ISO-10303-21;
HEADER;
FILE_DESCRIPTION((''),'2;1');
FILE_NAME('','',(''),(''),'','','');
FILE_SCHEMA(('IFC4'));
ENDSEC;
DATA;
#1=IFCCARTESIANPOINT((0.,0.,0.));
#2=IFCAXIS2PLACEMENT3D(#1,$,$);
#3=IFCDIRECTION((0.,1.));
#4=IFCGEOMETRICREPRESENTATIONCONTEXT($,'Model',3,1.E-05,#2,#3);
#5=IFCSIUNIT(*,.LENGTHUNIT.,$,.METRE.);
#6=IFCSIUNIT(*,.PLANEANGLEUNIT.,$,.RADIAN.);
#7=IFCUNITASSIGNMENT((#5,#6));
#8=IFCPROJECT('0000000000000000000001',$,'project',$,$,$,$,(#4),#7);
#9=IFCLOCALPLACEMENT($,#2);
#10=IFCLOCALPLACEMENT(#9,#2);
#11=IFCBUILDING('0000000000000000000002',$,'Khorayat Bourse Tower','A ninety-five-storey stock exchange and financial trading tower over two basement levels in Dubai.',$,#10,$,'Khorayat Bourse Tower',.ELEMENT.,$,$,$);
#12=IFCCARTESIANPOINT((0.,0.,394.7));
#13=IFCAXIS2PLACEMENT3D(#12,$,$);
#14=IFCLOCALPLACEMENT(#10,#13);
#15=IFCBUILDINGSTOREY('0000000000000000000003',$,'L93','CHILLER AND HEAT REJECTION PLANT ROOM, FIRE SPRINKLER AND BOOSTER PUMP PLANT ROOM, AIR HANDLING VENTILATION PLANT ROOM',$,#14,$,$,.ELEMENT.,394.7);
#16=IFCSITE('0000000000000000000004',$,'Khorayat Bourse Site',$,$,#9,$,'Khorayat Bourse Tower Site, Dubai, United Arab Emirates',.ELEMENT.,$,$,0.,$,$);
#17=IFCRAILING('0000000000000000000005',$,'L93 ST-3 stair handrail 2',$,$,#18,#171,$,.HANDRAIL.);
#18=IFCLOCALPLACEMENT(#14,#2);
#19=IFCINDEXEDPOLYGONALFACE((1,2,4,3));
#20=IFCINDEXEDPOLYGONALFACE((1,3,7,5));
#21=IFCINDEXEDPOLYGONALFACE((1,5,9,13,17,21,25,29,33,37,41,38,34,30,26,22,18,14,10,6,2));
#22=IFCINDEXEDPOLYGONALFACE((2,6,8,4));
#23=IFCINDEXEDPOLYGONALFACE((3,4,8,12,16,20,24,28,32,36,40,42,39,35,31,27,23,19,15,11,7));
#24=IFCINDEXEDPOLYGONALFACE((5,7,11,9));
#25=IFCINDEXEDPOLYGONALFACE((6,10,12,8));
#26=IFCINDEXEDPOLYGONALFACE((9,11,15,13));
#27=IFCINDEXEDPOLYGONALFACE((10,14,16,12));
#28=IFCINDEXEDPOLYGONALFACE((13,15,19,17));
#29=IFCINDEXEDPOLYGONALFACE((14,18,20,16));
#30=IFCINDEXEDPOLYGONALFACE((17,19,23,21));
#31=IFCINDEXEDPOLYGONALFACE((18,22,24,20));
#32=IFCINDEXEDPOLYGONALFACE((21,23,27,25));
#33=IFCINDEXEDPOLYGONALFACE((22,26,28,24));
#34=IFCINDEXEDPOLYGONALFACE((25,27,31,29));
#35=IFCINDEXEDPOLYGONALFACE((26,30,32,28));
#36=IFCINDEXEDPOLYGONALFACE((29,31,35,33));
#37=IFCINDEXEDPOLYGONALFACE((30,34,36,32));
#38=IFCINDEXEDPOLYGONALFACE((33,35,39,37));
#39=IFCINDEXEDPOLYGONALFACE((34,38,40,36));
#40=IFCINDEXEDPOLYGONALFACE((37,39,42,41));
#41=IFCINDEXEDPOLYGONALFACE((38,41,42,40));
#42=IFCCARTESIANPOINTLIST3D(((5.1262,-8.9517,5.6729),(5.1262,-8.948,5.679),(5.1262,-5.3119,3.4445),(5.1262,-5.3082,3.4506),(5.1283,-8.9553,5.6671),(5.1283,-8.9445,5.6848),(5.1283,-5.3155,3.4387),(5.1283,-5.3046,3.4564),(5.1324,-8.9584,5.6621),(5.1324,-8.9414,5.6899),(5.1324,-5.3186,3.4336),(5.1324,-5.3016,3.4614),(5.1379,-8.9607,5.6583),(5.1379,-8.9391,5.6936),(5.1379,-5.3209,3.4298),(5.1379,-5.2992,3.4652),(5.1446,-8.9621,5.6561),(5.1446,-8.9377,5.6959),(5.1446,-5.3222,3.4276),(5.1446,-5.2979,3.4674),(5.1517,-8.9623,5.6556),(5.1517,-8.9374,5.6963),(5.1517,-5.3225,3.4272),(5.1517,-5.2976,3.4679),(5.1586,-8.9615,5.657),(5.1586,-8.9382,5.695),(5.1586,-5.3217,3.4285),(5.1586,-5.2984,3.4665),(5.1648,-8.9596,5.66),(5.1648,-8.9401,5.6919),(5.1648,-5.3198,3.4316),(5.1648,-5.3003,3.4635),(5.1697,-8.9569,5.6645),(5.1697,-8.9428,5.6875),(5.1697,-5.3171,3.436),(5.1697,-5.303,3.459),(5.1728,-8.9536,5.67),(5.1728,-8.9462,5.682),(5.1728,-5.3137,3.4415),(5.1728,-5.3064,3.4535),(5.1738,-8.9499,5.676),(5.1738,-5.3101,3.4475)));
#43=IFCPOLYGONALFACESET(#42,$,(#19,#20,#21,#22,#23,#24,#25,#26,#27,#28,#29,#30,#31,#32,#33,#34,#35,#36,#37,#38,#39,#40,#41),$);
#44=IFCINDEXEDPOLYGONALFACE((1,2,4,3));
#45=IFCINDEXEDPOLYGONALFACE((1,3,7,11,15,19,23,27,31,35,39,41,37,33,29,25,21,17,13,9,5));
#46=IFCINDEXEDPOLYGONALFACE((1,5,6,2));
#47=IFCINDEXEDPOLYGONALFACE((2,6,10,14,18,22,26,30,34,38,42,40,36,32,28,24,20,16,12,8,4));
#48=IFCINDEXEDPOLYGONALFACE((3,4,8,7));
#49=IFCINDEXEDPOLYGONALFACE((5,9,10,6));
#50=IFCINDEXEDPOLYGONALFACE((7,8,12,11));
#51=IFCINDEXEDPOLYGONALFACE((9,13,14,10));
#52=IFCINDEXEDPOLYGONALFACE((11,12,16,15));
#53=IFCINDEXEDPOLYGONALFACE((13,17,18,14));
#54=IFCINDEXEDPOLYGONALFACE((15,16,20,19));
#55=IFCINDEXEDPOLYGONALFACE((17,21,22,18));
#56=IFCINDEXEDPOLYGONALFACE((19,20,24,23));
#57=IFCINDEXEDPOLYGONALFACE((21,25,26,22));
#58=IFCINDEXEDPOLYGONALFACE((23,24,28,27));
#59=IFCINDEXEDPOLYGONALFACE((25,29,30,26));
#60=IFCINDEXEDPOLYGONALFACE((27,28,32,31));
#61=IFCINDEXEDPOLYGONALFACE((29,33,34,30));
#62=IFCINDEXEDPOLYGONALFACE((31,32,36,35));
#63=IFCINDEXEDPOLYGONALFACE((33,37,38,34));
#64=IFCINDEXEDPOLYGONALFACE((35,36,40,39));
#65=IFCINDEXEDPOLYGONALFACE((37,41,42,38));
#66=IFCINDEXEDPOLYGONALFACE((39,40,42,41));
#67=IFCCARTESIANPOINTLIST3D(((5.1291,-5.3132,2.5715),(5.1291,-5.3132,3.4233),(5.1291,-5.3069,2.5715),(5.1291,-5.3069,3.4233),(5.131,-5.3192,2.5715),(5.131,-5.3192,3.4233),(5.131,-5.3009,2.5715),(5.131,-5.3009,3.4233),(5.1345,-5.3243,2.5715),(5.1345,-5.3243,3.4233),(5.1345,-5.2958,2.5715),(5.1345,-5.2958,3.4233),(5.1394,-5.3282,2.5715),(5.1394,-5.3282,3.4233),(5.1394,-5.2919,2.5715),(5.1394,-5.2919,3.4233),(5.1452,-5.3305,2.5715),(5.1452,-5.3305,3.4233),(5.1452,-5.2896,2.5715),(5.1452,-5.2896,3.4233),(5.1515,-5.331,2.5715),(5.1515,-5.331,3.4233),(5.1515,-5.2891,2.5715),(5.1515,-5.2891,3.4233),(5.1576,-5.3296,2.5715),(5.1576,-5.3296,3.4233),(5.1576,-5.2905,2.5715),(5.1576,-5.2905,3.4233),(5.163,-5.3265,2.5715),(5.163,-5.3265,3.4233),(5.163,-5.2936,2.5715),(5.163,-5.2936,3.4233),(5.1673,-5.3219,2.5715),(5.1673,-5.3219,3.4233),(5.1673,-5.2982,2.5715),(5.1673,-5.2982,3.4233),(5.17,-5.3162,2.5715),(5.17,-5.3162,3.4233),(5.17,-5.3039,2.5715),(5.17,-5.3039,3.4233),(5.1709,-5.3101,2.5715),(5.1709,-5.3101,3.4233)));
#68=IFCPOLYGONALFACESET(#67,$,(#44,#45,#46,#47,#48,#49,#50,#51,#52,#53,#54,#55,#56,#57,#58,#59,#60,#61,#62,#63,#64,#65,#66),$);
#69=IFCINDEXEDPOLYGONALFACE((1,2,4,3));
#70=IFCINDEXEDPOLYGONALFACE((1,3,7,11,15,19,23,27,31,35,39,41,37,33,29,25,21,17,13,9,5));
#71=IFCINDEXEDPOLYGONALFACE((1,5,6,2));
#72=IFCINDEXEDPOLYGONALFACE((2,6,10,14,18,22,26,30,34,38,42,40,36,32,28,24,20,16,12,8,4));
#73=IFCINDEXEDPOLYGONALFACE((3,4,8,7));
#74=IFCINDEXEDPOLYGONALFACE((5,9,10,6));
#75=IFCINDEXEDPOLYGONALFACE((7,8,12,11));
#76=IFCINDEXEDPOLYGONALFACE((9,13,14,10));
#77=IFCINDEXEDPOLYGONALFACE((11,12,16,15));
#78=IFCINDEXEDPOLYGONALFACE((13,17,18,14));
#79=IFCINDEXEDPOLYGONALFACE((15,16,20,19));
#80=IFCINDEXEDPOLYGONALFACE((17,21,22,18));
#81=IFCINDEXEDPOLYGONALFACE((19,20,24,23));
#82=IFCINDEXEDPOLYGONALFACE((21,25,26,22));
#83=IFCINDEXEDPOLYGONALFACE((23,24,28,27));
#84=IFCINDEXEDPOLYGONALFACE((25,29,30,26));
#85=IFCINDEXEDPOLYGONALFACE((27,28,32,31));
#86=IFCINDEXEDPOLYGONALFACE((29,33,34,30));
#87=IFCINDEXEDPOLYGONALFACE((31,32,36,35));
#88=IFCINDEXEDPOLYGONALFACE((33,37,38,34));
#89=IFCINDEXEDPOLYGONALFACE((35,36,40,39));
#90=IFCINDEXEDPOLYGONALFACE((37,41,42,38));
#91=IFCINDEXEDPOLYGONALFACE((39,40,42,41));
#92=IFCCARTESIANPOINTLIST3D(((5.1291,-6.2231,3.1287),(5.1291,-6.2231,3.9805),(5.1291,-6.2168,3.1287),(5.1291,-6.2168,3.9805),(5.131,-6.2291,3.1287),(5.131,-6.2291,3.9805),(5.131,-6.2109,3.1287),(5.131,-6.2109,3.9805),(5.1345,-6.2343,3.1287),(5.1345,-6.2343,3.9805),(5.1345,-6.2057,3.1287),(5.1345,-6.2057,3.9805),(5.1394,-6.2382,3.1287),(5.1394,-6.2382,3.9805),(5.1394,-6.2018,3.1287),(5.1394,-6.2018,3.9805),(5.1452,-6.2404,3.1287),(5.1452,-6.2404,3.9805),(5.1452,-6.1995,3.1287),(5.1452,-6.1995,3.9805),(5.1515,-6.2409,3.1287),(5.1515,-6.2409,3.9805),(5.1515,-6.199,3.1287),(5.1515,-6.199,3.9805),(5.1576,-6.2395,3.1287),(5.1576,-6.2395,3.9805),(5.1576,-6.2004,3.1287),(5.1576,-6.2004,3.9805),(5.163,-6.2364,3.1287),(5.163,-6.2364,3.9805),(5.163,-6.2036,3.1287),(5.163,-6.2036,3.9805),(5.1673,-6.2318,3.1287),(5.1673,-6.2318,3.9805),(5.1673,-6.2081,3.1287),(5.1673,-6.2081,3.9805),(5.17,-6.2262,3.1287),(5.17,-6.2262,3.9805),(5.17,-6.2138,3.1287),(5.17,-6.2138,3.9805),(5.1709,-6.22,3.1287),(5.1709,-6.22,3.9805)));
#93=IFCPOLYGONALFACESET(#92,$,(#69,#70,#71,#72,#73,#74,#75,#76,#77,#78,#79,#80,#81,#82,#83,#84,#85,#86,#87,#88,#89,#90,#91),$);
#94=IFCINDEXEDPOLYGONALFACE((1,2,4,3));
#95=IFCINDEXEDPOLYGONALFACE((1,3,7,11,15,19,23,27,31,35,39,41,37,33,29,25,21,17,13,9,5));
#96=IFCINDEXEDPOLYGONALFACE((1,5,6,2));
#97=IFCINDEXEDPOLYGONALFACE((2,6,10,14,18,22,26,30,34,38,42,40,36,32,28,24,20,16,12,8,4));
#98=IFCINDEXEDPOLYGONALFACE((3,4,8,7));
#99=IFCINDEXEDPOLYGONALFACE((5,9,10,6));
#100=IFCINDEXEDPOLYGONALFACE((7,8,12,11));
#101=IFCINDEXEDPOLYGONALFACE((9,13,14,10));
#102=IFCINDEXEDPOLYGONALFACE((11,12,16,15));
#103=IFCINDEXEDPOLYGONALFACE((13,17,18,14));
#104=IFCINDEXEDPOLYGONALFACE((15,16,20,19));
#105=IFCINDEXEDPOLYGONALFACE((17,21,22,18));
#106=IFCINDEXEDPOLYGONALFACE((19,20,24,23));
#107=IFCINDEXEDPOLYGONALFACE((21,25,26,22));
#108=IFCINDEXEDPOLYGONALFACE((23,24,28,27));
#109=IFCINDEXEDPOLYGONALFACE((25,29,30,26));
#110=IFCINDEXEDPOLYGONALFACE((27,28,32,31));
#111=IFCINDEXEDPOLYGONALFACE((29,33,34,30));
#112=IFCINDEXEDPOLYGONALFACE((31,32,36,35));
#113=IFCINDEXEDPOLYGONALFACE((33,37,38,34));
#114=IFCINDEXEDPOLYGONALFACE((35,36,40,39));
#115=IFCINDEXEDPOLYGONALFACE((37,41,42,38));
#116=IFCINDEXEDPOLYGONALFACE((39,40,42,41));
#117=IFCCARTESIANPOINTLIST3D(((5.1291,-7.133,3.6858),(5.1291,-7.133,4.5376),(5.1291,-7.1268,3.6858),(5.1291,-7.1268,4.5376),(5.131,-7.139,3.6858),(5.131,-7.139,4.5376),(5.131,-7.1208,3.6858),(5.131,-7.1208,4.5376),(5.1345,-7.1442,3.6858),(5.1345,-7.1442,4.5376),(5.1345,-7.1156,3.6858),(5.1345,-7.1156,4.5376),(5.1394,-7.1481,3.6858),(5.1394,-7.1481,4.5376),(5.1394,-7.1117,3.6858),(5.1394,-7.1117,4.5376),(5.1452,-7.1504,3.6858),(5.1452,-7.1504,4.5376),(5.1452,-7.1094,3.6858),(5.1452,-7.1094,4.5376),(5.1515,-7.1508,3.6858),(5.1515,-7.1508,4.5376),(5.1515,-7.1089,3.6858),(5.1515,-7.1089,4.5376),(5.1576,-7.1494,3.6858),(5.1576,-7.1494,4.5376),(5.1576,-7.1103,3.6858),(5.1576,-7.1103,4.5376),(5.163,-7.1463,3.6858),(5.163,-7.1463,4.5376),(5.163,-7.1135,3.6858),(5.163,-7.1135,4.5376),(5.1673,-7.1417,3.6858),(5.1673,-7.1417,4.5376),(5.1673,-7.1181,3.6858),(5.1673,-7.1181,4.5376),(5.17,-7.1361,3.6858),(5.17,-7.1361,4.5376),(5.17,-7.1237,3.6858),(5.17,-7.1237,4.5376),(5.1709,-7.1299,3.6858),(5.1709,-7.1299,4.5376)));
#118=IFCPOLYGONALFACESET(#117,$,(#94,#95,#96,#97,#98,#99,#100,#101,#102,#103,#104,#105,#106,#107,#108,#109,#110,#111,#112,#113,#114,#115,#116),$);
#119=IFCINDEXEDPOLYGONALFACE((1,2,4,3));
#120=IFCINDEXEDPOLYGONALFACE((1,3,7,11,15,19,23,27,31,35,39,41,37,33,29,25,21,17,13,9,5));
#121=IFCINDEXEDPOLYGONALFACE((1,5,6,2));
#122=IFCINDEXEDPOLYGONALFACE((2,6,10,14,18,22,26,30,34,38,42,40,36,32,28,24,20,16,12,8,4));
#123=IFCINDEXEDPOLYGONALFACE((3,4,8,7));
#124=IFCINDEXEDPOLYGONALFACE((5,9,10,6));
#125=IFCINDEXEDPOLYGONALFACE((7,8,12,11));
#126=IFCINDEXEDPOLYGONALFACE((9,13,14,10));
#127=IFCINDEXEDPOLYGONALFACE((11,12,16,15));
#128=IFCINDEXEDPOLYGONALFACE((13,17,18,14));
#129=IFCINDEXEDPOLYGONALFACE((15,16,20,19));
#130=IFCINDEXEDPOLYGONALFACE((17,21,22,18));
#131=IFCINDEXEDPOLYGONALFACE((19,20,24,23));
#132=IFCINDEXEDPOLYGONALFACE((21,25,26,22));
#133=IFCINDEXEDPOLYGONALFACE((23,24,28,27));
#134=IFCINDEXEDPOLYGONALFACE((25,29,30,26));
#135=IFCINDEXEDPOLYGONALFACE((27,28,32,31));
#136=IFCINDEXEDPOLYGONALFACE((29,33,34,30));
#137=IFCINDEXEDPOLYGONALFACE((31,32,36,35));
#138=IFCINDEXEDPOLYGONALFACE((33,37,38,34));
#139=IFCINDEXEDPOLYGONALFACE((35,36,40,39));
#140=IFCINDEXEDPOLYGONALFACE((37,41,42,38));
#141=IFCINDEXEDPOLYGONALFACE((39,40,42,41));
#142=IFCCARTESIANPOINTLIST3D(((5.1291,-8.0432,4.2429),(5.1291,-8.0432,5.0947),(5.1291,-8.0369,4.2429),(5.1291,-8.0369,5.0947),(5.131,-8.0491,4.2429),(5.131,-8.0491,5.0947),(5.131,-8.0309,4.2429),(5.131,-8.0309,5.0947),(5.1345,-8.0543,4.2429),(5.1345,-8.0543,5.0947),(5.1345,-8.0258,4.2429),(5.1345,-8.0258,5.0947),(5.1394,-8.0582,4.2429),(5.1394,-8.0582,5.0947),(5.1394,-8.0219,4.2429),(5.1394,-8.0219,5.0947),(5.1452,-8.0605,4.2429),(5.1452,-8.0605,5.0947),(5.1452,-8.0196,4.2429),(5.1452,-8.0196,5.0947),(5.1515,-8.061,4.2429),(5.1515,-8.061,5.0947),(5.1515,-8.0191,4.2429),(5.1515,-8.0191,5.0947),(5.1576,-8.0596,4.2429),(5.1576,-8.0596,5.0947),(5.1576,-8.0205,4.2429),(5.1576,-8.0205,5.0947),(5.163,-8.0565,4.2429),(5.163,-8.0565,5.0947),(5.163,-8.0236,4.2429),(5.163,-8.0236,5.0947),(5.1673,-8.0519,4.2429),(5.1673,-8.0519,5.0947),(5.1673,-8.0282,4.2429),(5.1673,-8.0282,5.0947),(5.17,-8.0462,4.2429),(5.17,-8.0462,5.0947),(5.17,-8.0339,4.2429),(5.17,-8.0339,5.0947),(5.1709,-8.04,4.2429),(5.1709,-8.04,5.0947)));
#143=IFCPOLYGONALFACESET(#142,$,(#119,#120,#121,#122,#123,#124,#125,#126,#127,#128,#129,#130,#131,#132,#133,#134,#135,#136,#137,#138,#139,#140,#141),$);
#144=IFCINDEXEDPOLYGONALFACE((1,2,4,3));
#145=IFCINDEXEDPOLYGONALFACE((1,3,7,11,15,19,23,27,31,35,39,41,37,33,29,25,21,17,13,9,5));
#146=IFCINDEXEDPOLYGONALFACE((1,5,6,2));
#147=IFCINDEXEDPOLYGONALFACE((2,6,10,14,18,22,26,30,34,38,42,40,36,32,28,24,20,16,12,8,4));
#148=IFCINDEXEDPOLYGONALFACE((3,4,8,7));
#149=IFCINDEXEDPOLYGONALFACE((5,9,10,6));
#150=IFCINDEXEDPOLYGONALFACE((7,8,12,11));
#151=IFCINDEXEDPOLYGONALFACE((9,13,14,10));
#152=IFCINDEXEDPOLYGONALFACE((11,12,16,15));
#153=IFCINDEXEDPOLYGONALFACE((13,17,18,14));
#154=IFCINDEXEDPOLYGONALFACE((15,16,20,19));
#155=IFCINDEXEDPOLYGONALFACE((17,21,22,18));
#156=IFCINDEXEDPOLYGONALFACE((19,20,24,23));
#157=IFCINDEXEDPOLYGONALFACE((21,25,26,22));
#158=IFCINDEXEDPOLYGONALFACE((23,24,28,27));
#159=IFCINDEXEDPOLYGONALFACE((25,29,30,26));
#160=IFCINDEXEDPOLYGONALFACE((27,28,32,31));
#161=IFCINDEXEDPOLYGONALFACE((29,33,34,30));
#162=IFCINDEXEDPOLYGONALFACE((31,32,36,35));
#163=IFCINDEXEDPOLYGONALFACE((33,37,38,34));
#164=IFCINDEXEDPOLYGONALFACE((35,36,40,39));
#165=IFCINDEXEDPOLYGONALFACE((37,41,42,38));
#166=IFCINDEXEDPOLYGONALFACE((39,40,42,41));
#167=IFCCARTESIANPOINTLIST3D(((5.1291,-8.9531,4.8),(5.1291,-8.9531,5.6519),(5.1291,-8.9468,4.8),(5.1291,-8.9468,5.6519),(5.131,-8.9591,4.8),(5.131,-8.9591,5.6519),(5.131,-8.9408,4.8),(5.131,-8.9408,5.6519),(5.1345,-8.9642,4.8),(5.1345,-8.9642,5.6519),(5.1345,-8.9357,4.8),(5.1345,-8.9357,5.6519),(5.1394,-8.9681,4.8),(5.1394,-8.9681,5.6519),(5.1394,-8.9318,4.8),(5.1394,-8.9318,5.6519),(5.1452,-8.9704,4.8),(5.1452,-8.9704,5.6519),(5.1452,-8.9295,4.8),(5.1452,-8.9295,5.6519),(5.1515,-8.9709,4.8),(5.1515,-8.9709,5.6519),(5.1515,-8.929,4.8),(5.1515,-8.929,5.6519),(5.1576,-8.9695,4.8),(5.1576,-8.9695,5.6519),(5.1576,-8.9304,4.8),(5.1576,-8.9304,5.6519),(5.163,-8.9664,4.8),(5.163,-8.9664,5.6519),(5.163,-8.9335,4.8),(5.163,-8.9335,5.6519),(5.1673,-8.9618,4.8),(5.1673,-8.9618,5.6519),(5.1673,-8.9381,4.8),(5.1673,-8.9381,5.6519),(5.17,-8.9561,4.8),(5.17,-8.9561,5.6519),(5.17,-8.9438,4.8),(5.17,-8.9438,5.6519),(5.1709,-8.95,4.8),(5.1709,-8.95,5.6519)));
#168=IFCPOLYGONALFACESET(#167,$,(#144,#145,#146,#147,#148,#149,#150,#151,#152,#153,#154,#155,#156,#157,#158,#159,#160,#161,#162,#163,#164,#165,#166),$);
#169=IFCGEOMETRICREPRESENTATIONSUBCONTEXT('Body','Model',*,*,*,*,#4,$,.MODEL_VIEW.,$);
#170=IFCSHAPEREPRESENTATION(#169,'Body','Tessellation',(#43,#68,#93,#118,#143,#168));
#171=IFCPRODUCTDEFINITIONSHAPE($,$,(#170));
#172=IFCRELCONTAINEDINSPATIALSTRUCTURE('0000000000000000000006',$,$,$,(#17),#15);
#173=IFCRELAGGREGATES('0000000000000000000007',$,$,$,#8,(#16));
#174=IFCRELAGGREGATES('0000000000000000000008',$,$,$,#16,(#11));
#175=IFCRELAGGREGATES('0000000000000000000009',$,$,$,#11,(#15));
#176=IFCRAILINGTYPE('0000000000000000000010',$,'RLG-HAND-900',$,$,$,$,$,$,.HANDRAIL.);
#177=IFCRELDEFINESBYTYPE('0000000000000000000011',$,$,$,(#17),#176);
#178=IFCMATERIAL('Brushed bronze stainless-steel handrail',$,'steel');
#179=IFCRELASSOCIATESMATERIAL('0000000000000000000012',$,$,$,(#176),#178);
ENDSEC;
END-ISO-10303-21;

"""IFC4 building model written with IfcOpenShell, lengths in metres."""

from ifc_helpers import new_model, si_unit, direction, frame, origin, origin_2d, place, context, subcontext, project, spatial, circle, extrude, source, transform, mapped, material, type_object, element, save


model = new_model("IFC4")

# Units and contexts
model_context = context("Model", 3, precision=1e-05, world=origin(), true_north=direction((0.0, 1.0)))
body_context = subcontext(model_context, "Body", "Model", "MODEL_VIEW")
ifc_project = project(units=[si_unit("LENGTHUNIT", "METRE"), si_unit("PLANEANGLEUNIT", "RADIAN")], contexts=[model_context])

# Site, building, storey
site_placement = place(None, origin())
site = spatial("IfcSite", under=ifc_project, at=site_placement, Name="Khorayat Bourse Site", LongName="Khorayat Bourse Tower Site, Dubai, United Arab Emirates", CompositionType="ELEMENT", RefElevation=0.0)
building_placement = place(site_placement, origin())
building = spatial("IfcBuilding", under=site, at=building_placement, Name="Khorayat Bourse Tower", Description="A ninety-five-storey stock exchange and financial trading tower over two basement levels in Dubai.", LongName="Khorayat Bourse Tower", CompositionType="ELEMENT")
storey_placement = place(building_placement, frame((0.0, 0.0, 394.7)))
storey = spatial("IfcBuildingStorey", under=building, at=storey_placement, Name="L93", Description="CHILLER AND HEAT REJECTION PLANT ROOM, FIRE SPRINKLER AND BOOSTER PUMP PLANT ROOM, AIR HANDLING VENTILATION PLANT ROOM", CompositionType="ELEMENT", Elevation=394.7)

# Railing
ifc_material_1 = material(Name="Brushed bronze stainless-steel handrail", Category="steel")
railing_type_1 = type_object("IfcRailingType", Name="RLG-HAND-900", PredefinedType="HANDRAIL", material=ifc_material_1)
shared_shape_1 = source(origin(), body_context, "Body", "SweptSolid", [
    extrude(circle(Radius=0.0239, at=origin_2d()), frame((0.0, 0.0, 0.876), z_axis=(0.0, -0.85285, 0.522156), x_axis=(1.0, 0.0, 0.0)), (0.0, 0.0, 1.0), 4.2678),
    extrude(circle(Radius=0.021, at=origin_2d()), origin(), (0.0, 0.0, 1.0), 0.8518),
    extrude(circle(Radius=0.021, at=origin_2d()), frame((0.0, -0.9099, 0.5571)), (0.0, 0.0, 1.0), 0.8518),
    extrude(circle(Radius=0.021, at=origin_2d()), frame((0.0, -1.8198, 1.1143)), (0.0, 0.0, 1.0), 0.8518),
    extrude(circle(Radius=0.021, at=origin_2d()), frame((0.0, -2.73, 1.6714)), (0.0, 0.0, 1.0), 0.8518),
    extrude(circle(Radius=0.021, at=origin_2d()), frame((0.0, -3.6399, 2.2285)), (0.0, 0.0, 1.0), 0.8518),
])
railing_1_placement = place(storey_placement, frame((5.1499, -5.3101, 2.5715)))
element("IfcRailing", 1, at=railing_1_placement, inside=storey, type_object=railing_type_1, Name="L93 ST-3 stair handrail 2", PredefinedType="HANDRAIL", context=body_context, shape_type="MappedRepresentation", body=[
    mapped(shared_shape_1, transform((0.0, 0.0, 0.0), scale=1.0)),
])

save(model, "model.ifc")
